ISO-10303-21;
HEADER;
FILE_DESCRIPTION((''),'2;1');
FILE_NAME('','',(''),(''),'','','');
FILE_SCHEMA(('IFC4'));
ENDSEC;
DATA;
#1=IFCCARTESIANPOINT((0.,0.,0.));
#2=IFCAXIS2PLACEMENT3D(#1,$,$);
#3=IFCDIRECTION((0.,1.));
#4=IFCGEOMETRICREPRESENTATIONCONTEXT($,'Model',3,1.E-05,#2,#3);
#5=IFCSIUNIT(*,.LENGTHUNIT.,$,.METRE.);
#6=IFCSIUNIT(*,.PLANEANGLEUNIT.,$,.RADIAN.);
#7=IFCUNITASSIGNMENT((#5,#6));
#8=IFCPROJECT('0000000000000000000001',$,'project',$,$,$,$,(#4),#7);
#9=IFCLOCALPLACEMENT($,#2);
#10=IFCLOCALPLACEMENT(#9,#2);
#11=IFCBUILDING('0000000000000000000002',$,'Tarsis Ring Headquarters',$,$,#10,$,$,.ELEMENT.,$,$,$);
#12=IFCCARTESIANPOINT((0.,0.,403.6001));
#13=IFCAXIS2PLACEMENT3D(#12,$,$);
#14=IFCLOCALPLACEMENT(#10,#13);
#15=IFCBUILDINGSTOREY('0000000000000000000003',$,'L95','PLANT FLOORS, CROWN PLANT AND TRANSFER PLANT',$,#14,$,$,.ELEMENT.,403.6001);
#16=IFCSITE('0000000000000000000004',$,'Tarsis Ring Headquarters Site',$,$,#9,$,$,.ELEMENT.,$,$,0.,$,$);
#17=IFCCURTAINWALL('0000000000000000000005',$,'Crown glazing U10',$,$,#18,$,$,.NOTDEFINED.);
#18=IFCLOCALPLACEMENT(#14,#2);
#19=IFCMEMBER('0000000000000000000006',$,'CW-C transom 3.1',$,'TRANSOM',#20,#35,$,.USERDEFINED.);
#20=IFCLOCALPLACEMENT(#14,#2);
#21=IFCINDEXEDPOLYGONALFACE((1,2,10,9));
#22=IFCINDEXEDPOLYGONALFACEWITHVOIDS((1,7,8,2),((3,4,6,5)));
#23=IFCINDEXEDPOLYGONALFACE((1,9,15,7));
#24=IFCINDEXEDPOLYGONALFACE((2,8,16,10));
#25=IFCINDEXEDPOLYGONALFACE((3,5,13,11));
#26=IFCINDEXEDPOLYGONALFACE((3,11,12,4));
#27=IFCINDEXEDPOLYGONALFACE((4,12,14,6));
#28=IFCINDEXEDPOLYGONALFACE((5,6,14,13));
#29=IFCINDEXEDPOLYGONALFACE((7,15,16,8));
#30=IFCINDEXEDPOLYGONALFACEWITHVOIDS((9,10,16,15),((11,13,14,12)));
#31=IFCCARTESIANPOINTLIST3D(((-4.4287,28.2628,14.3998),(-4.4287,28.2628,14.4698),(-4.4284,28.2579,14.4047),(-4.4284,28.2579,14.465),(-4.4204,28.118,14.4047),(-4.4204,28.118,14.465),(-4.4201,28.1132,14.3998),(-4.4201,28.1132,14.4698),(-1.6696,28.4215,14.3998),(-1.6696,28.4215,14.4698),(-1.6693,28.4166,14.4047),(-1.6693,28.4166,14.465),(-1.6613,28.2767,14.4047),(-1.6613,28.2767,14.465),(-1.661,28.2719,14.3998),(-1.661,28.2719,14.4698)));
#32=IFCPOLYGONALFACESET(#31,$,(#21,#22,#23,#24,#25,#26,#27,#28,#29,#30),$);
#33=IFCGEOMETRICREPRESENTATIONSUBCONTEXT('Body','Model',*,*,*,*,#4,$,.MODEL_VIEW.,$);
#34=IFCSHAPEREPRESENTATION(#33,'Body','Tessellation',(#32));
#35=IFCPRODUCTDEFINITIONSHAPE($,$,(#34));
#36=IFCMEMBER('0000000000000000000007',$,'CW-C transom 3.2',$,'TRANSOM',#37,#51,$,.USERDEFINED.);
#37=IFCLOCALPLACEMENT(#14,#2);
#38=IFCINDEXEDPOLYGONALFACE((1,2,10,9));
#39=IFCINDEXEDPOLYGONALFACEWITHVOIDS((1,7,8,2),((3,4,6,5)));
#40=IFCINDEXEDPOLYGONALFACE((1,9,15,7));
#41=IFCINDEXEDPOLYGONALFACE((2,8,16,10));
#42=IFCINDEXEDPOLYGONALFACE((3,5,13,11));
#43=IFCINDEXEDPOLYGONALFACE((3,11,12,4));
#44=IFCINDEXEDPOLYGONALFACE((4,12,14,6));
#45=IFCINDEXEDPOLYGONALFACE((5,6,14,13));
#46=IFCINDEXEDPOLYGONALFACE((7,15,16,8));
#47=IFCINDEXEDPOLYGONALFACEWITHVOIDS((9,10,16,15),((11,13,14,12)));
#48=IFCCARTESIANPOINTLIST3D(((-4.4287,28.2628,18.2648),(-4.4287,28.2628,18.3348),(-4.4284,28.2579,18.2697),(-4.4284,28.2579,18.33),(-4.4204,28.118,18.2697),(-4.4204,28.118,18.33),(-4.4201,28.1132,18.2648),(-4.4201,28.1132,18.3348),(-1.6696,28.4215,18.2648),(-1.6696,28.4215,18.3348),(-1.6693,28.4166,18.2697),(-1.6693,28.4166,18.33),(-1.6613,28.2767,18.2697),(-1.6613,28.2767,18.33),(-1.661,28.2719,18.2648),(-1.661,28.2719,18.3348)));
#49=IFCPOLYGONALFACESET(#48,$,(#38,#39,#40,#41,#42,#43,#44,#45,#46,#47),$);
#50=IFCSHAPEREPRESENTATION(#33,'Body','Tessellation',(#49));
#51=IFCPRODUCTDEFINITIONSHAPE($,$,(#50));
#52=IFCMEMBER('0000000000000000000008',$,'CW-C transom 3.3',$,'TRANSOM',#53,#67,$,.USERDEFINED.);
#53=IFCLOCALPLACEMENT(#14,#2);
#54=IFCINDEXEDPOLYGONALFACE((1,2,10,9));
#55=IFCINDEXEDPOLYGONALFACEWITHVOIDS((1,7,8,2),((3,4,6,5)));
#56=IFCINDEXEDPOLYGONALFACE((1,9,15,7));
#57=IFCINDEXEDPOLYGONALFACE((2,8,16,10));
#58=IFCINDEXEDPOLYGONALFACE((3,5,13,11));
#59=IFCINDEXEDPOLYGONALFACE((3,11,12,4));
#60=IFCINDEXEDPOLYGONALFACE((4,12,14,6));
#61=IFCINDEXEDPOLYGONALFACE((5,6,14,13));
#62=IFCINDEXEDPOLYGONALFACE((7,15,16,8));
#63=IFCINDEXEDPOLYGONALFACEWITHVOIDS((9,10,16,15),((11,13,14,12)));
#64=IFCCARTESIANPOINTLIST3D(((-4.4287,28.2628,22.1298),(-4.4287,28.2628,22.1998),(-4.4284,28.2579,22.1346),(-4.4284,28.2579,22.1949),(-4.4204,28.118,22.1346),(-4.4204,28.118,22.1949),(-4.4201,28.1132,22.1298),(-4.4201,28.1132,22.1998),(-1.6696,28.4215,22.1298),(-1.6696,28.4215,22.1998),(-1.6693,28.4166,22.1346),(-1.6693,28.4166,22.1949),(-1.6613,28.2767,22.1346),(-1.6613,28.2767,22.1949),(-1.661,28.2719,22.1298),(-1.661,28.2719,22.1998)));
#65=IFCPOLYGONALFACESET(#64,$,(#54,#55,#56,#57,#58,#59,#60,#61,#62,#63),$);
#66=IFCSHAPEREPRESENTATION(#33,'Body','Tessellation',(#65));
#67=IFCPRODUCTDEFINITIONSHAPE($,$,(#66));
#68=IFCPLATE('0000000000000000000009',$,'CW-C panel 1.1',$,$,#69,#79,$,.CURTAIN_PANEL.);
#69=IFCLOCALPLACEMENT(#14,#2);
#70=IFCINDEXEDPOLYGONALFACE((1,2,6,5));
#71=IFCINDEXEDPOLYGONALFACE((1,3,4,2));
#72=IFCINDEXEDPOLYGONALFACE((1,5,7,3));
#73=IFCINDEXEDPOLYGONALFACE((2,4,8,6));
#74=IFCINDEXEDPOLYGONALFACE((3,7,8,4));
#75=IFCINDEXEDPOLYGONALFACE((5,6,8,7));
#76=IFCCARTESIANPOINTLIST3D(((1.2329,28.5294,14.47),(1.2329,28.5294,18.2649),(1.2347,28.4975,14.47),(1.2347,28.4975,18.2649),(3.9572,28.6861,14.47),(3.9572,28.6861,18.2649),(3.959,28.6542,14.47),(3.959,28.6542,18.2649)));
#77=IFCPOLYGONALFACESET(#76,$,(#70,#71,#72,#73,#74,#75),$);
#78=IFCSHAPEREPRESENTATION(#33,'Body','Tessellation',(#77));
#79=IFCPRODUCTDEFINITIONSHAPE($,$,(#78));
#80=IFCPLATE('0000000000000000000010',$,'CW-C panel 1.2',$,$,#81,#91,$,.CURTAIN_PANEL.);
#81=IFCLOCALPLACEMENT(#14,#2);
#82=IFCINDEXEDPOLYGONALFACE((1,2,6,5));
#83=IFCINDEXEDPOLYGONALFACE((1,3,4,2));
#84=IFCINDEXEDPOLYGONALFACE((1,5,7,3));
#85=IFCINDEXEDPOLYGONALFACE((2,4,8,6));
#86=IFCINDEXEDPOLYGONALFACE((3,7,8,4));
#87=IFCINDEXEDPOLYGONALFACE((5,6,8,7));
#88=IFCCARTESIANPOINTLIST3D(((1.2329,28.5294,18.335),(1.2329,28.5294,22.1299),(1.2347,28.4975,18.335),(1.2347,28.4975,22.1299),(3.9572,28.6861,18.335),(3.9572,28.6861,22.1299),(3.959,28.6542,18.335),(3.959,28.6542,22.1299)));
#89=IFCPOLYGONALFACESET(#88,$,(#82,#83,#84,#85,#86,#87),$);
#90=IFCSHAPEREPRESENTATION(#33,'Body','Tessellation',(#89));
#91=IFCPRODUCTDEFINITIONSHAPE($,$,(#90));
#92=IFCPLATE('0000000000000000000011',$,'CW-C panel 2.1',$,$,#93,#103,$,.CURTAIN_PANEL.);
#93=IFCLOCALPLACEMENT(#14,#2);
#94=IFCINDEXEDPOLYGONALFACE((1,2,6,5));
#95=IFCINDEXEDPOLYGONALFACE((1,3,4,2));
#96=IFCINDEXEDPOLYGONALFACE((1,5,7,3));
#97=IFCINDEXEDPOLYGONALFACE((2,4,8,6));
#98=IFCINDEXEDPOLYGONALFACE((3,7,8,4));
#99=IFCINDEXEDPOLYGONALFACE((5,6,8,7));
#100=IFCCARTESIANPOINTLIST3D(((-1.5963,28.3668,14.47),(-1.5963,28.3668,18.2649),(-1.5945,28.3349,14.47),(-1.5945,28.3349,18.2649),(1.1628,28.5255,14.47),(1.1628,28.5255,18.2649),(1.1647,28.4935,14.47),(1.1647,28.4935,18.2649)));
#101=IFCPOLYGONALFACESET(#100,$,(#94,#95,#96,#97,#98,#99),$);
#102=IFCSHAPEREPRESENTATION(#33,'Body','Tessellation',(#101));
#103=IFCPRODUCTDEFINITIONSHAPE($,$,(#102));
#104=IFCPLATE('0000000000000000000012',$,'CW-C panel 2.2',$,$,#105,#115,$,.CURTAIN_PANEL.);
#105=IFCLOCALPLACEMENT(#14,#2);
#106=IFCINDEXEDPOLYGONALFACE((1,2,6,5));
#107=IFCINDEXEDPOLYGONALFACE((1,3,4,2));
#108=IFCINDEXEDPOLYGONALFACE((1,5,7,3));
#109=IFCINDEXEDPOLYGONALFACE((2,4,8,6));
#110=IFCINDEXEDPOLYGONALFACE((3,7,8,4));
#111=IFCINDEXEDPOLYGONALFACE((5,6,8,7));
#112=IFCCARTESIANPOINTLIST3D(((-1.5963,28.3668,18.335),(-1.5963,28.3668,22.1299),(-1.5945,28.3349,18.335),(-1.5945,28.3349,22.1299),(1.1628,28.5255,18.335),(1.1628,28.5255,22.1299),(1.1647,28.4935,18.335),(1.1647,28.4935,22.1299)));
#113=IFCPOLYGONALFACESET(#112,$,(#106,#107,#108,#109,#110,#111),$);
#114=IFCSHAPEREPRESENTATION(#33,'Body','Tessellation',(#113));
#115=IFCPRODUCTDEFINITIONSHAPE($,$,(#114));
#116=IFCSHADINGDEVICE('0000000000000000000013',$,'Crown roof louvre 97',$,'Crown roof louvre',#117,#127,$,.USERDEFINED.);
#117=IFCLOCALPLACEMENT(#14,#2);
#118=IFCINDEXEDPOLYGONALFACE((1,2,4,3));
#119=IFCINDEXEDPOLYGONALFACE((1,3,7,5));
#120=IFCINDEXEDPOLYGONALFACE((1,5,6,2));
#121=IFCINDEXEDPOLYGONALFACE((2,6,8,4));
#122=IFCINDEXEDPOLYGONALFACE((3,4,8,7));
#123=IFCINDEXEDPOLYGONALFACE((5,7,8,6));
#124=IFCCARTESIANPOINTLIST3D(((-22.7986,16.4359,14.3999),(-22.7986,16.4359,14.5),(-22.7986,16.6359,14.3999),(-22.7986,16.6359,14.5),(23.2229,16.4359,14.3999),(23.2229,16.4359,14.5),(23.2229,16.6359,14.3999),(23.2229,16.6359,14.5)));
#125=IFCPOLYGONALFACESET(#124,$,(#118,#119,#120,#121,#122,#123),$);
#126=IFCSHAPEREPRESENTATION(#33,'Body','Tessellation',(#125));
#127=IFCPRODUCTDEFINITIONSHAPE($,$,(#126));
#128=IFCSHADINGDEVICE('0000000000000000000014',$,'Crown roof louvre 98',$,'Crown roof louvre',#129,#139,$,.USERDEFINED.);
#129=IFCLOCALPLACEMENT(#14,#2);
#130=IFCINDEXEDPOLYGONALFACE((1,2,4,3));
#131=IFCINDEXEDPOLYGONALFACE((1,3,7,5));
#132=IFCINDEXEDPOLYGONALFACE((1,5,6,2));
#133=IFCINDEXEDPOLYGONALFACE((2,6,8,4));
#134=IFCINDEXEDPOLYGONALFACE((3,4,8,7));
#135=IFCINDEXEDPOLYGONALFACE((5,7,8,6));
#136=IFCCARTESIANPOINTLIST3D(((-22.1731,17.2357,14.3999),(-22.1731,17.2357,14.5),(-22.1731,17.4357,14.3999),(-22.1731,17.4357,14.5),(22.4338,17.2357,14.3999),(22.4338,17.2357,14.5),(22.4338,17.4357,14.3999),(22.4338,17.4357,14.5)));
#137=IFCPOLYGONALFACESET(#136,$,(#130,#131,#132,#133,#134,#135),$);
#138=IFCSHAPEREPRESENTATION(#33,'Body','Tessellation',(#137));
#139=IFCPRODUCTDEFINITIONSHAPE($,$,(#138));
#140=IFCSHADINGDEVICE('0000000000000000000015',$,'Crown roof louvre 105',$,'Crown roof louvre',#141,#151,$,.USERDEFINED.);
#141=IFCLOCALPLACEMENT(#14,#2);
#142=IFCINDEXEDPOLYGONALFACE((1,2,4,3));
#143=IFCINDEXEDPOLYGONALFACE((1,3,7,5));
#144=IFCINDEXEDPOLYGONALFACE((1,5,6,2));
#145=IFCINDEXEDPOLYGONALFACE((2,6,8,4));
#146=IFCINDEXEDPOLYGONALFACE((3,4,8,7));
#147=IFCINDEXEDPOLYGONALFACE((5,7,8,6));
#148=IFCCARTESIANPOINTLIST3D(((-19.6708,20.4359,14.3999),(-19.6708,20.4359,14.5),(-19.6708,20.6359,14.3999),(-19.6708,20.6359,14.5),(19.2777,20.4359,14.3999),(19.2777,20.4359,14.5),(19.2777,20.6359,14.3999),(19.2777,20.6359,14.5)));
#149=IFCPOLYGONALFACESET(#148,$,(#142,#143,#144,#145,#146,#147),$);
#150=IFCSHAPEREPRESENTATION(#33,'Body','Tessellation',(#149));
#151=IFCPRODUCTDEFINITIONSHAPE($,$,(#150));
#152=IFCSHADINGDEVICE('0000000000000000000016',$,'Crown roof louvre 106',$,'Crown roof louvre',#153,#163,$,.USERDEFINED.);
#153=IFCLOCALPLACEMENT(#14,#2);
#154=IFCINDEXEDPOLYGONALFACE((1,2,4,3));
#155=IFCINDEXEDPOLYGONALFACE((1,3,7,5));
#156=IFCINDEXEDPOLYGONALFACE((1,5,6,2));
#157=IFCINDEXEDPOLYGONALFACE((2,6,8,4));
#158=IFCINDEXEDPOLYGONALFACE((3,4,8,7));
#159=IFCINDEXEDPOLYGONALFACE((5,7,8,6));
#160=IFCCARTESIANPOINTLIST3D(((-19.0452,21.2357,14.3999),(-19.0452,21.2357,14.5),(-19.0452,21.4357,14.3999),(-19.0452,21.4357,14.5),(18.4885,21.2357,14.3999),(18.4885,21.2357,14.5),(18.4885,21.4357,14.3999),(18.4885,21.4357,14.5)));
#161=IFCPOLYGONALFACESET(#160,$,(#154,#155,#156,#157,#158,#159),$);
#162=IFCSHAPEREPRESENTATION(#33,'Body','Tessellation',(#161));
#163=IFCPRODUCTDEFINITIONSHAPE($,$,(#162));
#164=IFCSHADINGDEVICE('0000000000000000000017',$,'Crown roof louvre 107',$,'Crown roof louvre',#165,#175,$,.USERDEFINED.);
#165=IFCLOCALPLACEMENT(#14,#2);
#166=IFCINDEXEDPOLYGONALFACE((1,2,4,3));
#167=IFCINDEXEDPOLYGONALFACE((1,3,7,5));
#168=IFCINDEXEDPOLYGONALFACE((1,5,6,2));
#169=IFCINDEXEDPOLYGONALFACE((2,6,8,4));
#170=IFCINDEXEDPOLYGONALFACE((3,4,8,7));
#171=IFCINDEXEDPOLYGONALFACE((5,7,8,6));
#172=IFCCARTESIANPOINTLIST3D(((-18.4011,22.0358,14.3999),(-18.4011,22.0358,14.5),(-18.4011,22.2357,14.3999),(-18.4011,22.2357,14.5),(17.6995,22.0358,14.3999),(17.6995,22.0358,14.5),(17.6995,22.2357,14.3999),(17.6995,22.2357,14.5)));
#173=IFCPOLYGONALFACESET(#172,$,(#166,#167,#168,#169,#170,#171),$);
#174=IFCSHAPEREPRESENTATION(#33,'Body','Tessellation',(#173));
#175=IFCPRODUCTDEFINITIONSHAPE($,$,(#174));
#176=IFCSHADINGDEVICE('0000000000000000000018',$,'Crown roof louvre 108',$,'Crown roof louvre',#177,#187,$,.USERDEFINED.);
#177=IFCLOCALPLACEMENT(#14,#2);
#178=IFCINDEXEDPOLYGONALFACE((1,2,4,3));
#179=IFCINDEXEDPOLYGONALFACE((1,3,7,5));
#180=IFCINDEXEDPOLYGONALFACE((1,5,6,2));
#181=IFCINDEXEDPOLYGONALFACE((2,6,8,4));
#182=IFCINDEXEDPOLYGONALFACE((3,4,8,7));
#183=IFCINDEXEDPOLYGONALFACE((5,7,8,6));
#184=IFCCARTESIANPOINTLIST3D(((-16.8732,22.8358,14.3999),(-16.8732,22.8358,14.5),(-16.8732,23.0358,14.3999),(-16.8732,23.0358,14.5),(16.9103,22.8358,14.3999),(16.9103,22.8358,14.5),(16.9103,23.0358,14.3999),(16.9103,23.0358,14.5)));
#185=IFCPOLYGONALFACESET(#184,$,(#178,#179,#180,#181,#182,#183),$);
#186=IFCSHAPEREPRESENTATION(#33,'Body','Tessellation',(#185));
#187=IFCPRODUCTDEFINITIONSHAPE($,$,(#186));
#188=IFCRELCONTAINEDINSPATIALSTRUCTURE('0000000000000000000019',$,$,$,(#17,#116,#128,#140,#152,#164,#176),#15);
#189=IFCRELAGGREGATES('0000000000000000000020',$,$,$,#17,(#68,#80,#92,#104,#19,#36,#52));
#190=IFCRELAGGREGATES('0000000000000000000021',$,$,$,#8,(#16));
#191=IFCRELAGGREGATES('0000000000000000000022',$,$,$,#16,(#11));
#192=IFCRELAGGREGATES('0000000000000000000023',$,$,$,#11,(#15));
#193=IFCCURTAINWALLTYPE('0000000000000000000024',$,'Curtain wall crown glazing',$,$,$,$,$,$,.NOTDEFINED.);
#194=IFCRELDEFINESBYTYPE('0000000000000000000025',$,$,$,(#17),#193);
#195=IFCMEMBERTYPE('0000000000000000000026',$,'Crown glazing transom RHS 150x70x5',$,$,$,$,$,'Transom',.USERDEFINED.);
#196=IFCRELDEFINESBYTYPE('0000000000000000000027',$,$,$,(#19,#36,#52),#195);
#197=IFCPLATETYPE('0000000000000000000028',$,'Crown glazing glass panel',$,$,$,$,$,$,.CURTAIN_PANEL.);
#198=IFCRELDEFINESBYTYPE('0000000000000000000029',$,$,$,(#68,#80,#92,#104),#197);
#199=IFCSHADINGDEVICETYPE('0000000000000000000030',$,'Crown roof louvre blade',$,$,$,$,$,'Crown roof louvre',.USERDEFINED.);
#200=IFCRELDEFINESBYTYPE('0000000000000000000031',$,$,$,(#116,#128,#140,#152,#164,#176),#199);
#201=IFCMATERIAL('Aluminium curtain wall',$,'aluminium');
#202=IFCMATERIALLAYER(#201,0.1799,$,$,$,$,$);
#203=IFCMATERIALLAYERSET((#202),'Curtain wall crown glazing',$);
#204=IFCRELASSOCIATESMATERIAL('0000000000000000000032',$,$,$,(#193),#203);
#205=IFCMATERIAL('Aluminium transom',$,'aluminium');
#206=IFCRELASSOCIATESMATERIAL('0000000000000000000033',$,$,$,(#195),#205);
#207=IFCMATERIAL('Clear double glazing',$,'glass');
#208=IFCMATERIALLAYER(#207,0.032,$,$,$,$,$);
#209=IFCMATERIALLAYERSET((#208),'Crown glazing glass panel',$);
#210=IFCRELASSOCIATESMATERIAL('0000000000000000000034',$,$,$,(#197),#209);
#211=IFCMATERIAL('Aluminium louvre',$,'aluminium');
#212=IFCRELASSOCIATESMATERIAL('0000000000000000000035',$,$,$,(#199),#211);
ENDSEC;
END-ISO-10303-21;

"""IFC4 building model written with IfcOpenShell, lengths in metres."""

from ifc_helpers import new_model, si_unit, direction, frame, origin, origin_2d, place, context, subcontext, project, spatial, rectangle, hollow_rectangle, extrude, material, layer, layer_set, material_profile, profile_set, type_object, element, aggregate, save


model = new_model("IFC4")

# Units and contexts
model_context = context("Model", 3, precision=1e-05, world=origin(), true_north=direction((0.0, 1.0)))
body_context = subcontext(model_context, "Body", "Model", "MODEL_VIEW")
ifc_project = project(units=[si_unit("LENGTHUNIT", "METRE"), si_unit("PLANEANGLEUNIT", "RADIAN")], contexts=[model_context])

# Site, building, storey
site_placement = place(None, origin())
site = spatial("IfcSite", under=ifc_project, at=site_placement, Name="Tarsis Ring Headquarters Site", CompositionType="ELEMENT", RefElevation=0.0)
building_placement = place(site_placement, origin())
building = spatial("IfcBuilding", under=site, at=building_placement, Name="Tarsis Ring Headquarters", CompositionType="ELEMENT")
storey_placement = place(building_placement, frame((0.0, 0.0, 403.6001)))
storey = spatial("IfcBuildingStorey", under=building, at=storey_placement, Name="L95", Description="PLANT FLOORS, CROWN PLANT AND TRANSFER PLANT", CompositionType="ELEMENT", Elevation=403.6001)

# Curtain wall, members, plates
ifc_material_1 = material(Name="Aluminium curtain wall", Category="aluminium")
ifc_layer_1 = layer(ifc_material_1, 0.1799)
ifc_layer_set_1 = layer_set([ifc_layer_1], Name="Curtain wall crown glazing")
curtain_wall_type = type_object("IfcCurtainWallType", Name="Curtain wall crown glazing", PredefinedType="NOTDEFINED", material=ifc_layer_set_1)
curtain_wall_placement = place(storey_placement, origin())
curtain_wall = element("IfcCurtainWall", 1, at=curtain_wall_placement, inside=storey, type_object=curtain_wall_type, Name="Crown glazing U10", PredefinedType="NOTDEFINED")
ifc_material_2 = material(Name="Aluminium transom", Category="aluminium")
ifc_material_profile_1 = material_profile(ifc_material_2, hollow_rectangle(XDim=0.1499, YDim=0.0701, WallThickness=0.0049, at=origin_2d()), Name="RHS 150x70x5")
ifc_profile_set_1 = profile_set([ifc_material_profile_1], Name="Aluminium transom")
member_type_1 = type_object("IfcMemberType", Name="Crown glazing transom RHS 150x70x5", ElementType="Transom", PredefinedType="USERDEFINED", material=ifc_profile_set_1)
member_1_placement = place(storey_placement, frame((-1.6653, 28.3467, 14.4348), z_axis=(-0.99835, -0.057422, 0.0), x_axis=(0.057422, -0.99835, 0.0)))
member_1 = element("IfcMember", 2, at=member_1_placement, type_object=member_type_1, Name="CW-C transom 3.1", ObjectType="TRANSOM", PredefinedType="USERDEFINED", context=body_context, shape_type="SweptSolid", body=[
    extrude(hollow_rectangle(XDim=0.1499, YDim=0.0701, WallThickness=0.0049, at=origin_2d()), origin(), (0.0, 0.0, 1.0), 2.7637),
])
member_2_placement = place(storey_placement, frame((-1.6653, 28.3467, 18.2998), z_axis=(-0.99835, -0.057422, 0.0), x_axis=(0.057422, -0.99835, 0.0)))
member_2 = element("IfcMember", 3, at=member_2_placement, type_object=member_type_1, Name="CW-C transom 3.2", ObjectType="TRANSOM", PredefinedType="USERDEFINED", context=body_context, shape_type="SweptSolid", body=[
    extrude(hollow_rectangle(XDim=0.1499, YDim=0.0701, WallThickness=0.0049, at=origin_2d()), origin(), (0.0, 0.0, 1.0), 2.7637),
])
member_3_placement = place(storey_placement, frame((-1.6653, 28.3467, 22.1648), z_axis=(-0.99835, -0.057422, 0.0), x_axis=(0.057422, -0.99835, 0.0)))
member_3 = element("IfcMember", 4, at=member_3_placement, type_object=member_type_1, Name="CW-C transom 3.3", ObjectType="TRANSOM", PredefinedType="USERDEFINED", context=body_context, shape_type="SweptSolid", body=[
    extrude(hollow_rectangle(XDim=0.1499, YDim=0.0701, WallThickness=0.0049, at=origin_2d()), origin(), (0.0, 0.0, 1.0), 2.7637),
])
ifc_material_3 = material(Name="Clear double glazing", Category="glass")
ifc_layer_2 = layer(ifc_material_3, 0.032)
ifc_layer_set_2 = layer_set([ifc_layer_2], Name="Crown glazing glass panel")
plate_type = type_object("IfcPlateType", Name="Crown glazing glass panel", PredefinedType="CURTAIN_PANEL", material=ifc_layer_set_2)
plate_1_placement = place(storey_placement, frame((2.5959, 28.5918, 14.47), z_axis=(0.0, 0.0, 1.0), x_axis=(-0.998351, -0.057412, 0.0)))
plate_1 = element("IfcPlate", 5, at=plate_1_placement, type_object=plate_type, Name="CW-C panel 1.1", PredefinedType="CURTAIN_PANEL", context=body_context, shape_type="SweptSolid", body=[
    extrude(rectangle(XDim=2.7288, YDim=0.032, at=origin_2d()), origin(), (0.0, 0.0, 1.0), 3.7949),
])
plate_2_placement = place(storey_placement, frame((2.5959, 28.5918, 18.335), z_axis=(0.0, 0.0, 1.0), x_axis=(-0.998351, -0.057412, 0.0)))
plate_2 = element("IfcPlate", 6, at=plate_2_placement, type_object=plate_type, Name="CW-C panel 1.2", PredefinedType="CURTAIN_PANEL", context=body_context, shape_type="SweptSolid", body=[
    extrude(rectangle(XDim=2.7288, YDim=0.032, at=origin_2d()), origin(), (0.0, 0.0, 1.0), 3.7949),
])
plate_3_placement = place(storey_placement, frame((-0.2158, 28.4302, 14.47), z_axis=(0.0, 0.0, 1.0), x_axis=(-0.998351, -0.057412, 0.0)))
plate_3 = element("IfcPlate", 7, at=plate_3_placement, type_object=plate_type, Name="CW-C panel 2.1", PredefinedType="CURTAIN_PANEL", context=body_context, shape_type="SweptSolid", body=[
    extrude(rectangle(XDim=2.7637, YDim=0.032, at=origin_2d()), origin(), (0.0, 0.0, 1.0), 3.7949),
])
plate_4_placement = place(storey_placement, frame((-0.2158, 28.4302, 18.335), z_axis=(0.0, 0.0, 1.0), x_axis=(-0.998351, -0.057412, 0.0)))
plate_4 = element("IfcPlate", 8, at=plate_4_placement, type_object=plate_type, Name="CW-C panel 2.2", PredefinedType="CURTAIN_PANEL", context=body_context, shape_type="SweptSolid", body=[
    extrude(rectangle(XDim=2.7637, YDim=0.032, at=origin_2d()), origin(), (0.0, 0.0, 1.0), 3.7949),
])
aggregate(curtain_wall, [plate_1, plate_2, plate_3, plate_4, member_1, member_2, member_3])

# Shading devices
ifc_material_4 = material(Name="Aluminium louvre", Category="aluminium")
shading_device_type = type_object("IfcShadingDeviceType", Name="Crown roof louvre blade", ElementType="Crown roof louvre", PredefinedType="USERDEFINED", material=ifc_material_4)
shading_device_1_placement = place(storey_placement, frame((0.2122, 16.5359, 14.3999), z_axis=(0.0, 0.0, 1.0), x_axis=(1.0, 0.0, 0.0)))
element("IfcShadingDevice", 9, at=shading_device_1_placement, inside=storey, type_object=shading_device_type, Name="Crown roof louvre 97", ObjectType="Crown roof louvre", PredefinedType="USERDEFINED", context=body_context, shape_type="SweptSolid", body=[
    extrude(rectangle(XDim=46.0215, YDim=0.2, at=origin_2d()), origin(), (0.0, 0.0, 1.0), 0.1001),
])
shading_device_2_placement = place(storey_placement, frame((0.1304, 17.3357, 14.3999), z_axis=(0.0, 0.0, 1.0), x_axis=(1.0, 0.0, 0.0)))
element("IfcShadingDevice", 10, at=shading_device_2_placement, inside=storey, type_object=shading_device_type, Name="Crown roof louvre 98", ObjectType="Crown roof louvre", PredefinedType="USERDEFINED", context=body_context, shape_type="SweptSolid", body=[
    extrude(rectangle(XDim=44.6069, YDim=0.2, at=origin_2d()), origin(), (0.0, 0.0, 1.0), 0.1001),
])
shading_device_3_placement = place(storey_placement, frame((-0.1965, 20.5359, 14.3999), z_axis=(0.0, 0.0, 1.0), x_axis=(1.0, 0.0, 0.0)))
element("IfcShadingDevice", 11, at=shading_device_3_placement, inside=storey, type_object=shading_device_type, Name="Crown roof louvre 105", ObjectType="Crown roof louvre", PredefinedType="USERDEFINED", context=body_context, shape_type="SweptSolid", body=[
    extrude(rectangle(XDim=38.9485, YDim=0.2, at=origin_2d()), origin(), (0.0, 0.0, 1.0), 0.1001),
])
shading_device_4_placement = place(storey_placement, frame((-0.2783, 21.3357, 14.3999), z_axis=(0.0, 0.0, 1.0), x_axis=(1.0, 0.0, 0.0)))
element("IfcShadingDevice", 12, at=shading_device_4_placement, inside=storey, type_object=shading_device_type, Name="Crown roof louvre 106", ObjectType="Crown roof louvre", PredefinedType="USERDEFINED", context=body_context, shape_type="SweptSolid", body=[
    extrude(rectangle(XDim=37.5337, YDim=0.2, at=origin_2d()), origin(), (0.0, 0.0, 1.0), 0.1001),
])
shading_device_5_placement = place(storey_placement, frame((-0.3508, 22.1357, 14.3999), z_axis=(0.0, 0.0, 1.0), x_axis=(1.0, 0.0, 0.0)))
element("IfcShadingDevice", 13, at=shading_device_5_placement, inside=storey, type_object=shading_device_type, Name="Crown roof louvre 107", ObjectType="Crown roof louvre", PredefinedType="USERDEFINED", context=body_context, shape_type="SweptSolid", body=[
    extrude(rectangle(XDim=36.1006, YDim=0.2, at=origin_2d()), origin(), (0.0, 0.0, 1.0), 0.1001),
])
shading_device_6_placement = place(storey_placement, frame((0.0186, 22.9358, 14.3999), z_axis=(0.0, 0.0, 1.0), x_axis=(1.0, 0.0, 0.0)))
element("IfcShadingDevice", 14, at=shading_device_6_placement, inside=storey, type_object=shading_device_type, Name="Crown roof louvre 108", ObjectType="Crown roof louvre", PredefinedType="USERDEFINED", context=body_context, shape_type="SweptSolid", body=[
    extrude(rectangle(XDim=33.7834, YDim=0.2, at=origin_2d()), origin(), (0.0, 0.0, 1.0), 0.1001),
])

save(model, "model.ifc")
